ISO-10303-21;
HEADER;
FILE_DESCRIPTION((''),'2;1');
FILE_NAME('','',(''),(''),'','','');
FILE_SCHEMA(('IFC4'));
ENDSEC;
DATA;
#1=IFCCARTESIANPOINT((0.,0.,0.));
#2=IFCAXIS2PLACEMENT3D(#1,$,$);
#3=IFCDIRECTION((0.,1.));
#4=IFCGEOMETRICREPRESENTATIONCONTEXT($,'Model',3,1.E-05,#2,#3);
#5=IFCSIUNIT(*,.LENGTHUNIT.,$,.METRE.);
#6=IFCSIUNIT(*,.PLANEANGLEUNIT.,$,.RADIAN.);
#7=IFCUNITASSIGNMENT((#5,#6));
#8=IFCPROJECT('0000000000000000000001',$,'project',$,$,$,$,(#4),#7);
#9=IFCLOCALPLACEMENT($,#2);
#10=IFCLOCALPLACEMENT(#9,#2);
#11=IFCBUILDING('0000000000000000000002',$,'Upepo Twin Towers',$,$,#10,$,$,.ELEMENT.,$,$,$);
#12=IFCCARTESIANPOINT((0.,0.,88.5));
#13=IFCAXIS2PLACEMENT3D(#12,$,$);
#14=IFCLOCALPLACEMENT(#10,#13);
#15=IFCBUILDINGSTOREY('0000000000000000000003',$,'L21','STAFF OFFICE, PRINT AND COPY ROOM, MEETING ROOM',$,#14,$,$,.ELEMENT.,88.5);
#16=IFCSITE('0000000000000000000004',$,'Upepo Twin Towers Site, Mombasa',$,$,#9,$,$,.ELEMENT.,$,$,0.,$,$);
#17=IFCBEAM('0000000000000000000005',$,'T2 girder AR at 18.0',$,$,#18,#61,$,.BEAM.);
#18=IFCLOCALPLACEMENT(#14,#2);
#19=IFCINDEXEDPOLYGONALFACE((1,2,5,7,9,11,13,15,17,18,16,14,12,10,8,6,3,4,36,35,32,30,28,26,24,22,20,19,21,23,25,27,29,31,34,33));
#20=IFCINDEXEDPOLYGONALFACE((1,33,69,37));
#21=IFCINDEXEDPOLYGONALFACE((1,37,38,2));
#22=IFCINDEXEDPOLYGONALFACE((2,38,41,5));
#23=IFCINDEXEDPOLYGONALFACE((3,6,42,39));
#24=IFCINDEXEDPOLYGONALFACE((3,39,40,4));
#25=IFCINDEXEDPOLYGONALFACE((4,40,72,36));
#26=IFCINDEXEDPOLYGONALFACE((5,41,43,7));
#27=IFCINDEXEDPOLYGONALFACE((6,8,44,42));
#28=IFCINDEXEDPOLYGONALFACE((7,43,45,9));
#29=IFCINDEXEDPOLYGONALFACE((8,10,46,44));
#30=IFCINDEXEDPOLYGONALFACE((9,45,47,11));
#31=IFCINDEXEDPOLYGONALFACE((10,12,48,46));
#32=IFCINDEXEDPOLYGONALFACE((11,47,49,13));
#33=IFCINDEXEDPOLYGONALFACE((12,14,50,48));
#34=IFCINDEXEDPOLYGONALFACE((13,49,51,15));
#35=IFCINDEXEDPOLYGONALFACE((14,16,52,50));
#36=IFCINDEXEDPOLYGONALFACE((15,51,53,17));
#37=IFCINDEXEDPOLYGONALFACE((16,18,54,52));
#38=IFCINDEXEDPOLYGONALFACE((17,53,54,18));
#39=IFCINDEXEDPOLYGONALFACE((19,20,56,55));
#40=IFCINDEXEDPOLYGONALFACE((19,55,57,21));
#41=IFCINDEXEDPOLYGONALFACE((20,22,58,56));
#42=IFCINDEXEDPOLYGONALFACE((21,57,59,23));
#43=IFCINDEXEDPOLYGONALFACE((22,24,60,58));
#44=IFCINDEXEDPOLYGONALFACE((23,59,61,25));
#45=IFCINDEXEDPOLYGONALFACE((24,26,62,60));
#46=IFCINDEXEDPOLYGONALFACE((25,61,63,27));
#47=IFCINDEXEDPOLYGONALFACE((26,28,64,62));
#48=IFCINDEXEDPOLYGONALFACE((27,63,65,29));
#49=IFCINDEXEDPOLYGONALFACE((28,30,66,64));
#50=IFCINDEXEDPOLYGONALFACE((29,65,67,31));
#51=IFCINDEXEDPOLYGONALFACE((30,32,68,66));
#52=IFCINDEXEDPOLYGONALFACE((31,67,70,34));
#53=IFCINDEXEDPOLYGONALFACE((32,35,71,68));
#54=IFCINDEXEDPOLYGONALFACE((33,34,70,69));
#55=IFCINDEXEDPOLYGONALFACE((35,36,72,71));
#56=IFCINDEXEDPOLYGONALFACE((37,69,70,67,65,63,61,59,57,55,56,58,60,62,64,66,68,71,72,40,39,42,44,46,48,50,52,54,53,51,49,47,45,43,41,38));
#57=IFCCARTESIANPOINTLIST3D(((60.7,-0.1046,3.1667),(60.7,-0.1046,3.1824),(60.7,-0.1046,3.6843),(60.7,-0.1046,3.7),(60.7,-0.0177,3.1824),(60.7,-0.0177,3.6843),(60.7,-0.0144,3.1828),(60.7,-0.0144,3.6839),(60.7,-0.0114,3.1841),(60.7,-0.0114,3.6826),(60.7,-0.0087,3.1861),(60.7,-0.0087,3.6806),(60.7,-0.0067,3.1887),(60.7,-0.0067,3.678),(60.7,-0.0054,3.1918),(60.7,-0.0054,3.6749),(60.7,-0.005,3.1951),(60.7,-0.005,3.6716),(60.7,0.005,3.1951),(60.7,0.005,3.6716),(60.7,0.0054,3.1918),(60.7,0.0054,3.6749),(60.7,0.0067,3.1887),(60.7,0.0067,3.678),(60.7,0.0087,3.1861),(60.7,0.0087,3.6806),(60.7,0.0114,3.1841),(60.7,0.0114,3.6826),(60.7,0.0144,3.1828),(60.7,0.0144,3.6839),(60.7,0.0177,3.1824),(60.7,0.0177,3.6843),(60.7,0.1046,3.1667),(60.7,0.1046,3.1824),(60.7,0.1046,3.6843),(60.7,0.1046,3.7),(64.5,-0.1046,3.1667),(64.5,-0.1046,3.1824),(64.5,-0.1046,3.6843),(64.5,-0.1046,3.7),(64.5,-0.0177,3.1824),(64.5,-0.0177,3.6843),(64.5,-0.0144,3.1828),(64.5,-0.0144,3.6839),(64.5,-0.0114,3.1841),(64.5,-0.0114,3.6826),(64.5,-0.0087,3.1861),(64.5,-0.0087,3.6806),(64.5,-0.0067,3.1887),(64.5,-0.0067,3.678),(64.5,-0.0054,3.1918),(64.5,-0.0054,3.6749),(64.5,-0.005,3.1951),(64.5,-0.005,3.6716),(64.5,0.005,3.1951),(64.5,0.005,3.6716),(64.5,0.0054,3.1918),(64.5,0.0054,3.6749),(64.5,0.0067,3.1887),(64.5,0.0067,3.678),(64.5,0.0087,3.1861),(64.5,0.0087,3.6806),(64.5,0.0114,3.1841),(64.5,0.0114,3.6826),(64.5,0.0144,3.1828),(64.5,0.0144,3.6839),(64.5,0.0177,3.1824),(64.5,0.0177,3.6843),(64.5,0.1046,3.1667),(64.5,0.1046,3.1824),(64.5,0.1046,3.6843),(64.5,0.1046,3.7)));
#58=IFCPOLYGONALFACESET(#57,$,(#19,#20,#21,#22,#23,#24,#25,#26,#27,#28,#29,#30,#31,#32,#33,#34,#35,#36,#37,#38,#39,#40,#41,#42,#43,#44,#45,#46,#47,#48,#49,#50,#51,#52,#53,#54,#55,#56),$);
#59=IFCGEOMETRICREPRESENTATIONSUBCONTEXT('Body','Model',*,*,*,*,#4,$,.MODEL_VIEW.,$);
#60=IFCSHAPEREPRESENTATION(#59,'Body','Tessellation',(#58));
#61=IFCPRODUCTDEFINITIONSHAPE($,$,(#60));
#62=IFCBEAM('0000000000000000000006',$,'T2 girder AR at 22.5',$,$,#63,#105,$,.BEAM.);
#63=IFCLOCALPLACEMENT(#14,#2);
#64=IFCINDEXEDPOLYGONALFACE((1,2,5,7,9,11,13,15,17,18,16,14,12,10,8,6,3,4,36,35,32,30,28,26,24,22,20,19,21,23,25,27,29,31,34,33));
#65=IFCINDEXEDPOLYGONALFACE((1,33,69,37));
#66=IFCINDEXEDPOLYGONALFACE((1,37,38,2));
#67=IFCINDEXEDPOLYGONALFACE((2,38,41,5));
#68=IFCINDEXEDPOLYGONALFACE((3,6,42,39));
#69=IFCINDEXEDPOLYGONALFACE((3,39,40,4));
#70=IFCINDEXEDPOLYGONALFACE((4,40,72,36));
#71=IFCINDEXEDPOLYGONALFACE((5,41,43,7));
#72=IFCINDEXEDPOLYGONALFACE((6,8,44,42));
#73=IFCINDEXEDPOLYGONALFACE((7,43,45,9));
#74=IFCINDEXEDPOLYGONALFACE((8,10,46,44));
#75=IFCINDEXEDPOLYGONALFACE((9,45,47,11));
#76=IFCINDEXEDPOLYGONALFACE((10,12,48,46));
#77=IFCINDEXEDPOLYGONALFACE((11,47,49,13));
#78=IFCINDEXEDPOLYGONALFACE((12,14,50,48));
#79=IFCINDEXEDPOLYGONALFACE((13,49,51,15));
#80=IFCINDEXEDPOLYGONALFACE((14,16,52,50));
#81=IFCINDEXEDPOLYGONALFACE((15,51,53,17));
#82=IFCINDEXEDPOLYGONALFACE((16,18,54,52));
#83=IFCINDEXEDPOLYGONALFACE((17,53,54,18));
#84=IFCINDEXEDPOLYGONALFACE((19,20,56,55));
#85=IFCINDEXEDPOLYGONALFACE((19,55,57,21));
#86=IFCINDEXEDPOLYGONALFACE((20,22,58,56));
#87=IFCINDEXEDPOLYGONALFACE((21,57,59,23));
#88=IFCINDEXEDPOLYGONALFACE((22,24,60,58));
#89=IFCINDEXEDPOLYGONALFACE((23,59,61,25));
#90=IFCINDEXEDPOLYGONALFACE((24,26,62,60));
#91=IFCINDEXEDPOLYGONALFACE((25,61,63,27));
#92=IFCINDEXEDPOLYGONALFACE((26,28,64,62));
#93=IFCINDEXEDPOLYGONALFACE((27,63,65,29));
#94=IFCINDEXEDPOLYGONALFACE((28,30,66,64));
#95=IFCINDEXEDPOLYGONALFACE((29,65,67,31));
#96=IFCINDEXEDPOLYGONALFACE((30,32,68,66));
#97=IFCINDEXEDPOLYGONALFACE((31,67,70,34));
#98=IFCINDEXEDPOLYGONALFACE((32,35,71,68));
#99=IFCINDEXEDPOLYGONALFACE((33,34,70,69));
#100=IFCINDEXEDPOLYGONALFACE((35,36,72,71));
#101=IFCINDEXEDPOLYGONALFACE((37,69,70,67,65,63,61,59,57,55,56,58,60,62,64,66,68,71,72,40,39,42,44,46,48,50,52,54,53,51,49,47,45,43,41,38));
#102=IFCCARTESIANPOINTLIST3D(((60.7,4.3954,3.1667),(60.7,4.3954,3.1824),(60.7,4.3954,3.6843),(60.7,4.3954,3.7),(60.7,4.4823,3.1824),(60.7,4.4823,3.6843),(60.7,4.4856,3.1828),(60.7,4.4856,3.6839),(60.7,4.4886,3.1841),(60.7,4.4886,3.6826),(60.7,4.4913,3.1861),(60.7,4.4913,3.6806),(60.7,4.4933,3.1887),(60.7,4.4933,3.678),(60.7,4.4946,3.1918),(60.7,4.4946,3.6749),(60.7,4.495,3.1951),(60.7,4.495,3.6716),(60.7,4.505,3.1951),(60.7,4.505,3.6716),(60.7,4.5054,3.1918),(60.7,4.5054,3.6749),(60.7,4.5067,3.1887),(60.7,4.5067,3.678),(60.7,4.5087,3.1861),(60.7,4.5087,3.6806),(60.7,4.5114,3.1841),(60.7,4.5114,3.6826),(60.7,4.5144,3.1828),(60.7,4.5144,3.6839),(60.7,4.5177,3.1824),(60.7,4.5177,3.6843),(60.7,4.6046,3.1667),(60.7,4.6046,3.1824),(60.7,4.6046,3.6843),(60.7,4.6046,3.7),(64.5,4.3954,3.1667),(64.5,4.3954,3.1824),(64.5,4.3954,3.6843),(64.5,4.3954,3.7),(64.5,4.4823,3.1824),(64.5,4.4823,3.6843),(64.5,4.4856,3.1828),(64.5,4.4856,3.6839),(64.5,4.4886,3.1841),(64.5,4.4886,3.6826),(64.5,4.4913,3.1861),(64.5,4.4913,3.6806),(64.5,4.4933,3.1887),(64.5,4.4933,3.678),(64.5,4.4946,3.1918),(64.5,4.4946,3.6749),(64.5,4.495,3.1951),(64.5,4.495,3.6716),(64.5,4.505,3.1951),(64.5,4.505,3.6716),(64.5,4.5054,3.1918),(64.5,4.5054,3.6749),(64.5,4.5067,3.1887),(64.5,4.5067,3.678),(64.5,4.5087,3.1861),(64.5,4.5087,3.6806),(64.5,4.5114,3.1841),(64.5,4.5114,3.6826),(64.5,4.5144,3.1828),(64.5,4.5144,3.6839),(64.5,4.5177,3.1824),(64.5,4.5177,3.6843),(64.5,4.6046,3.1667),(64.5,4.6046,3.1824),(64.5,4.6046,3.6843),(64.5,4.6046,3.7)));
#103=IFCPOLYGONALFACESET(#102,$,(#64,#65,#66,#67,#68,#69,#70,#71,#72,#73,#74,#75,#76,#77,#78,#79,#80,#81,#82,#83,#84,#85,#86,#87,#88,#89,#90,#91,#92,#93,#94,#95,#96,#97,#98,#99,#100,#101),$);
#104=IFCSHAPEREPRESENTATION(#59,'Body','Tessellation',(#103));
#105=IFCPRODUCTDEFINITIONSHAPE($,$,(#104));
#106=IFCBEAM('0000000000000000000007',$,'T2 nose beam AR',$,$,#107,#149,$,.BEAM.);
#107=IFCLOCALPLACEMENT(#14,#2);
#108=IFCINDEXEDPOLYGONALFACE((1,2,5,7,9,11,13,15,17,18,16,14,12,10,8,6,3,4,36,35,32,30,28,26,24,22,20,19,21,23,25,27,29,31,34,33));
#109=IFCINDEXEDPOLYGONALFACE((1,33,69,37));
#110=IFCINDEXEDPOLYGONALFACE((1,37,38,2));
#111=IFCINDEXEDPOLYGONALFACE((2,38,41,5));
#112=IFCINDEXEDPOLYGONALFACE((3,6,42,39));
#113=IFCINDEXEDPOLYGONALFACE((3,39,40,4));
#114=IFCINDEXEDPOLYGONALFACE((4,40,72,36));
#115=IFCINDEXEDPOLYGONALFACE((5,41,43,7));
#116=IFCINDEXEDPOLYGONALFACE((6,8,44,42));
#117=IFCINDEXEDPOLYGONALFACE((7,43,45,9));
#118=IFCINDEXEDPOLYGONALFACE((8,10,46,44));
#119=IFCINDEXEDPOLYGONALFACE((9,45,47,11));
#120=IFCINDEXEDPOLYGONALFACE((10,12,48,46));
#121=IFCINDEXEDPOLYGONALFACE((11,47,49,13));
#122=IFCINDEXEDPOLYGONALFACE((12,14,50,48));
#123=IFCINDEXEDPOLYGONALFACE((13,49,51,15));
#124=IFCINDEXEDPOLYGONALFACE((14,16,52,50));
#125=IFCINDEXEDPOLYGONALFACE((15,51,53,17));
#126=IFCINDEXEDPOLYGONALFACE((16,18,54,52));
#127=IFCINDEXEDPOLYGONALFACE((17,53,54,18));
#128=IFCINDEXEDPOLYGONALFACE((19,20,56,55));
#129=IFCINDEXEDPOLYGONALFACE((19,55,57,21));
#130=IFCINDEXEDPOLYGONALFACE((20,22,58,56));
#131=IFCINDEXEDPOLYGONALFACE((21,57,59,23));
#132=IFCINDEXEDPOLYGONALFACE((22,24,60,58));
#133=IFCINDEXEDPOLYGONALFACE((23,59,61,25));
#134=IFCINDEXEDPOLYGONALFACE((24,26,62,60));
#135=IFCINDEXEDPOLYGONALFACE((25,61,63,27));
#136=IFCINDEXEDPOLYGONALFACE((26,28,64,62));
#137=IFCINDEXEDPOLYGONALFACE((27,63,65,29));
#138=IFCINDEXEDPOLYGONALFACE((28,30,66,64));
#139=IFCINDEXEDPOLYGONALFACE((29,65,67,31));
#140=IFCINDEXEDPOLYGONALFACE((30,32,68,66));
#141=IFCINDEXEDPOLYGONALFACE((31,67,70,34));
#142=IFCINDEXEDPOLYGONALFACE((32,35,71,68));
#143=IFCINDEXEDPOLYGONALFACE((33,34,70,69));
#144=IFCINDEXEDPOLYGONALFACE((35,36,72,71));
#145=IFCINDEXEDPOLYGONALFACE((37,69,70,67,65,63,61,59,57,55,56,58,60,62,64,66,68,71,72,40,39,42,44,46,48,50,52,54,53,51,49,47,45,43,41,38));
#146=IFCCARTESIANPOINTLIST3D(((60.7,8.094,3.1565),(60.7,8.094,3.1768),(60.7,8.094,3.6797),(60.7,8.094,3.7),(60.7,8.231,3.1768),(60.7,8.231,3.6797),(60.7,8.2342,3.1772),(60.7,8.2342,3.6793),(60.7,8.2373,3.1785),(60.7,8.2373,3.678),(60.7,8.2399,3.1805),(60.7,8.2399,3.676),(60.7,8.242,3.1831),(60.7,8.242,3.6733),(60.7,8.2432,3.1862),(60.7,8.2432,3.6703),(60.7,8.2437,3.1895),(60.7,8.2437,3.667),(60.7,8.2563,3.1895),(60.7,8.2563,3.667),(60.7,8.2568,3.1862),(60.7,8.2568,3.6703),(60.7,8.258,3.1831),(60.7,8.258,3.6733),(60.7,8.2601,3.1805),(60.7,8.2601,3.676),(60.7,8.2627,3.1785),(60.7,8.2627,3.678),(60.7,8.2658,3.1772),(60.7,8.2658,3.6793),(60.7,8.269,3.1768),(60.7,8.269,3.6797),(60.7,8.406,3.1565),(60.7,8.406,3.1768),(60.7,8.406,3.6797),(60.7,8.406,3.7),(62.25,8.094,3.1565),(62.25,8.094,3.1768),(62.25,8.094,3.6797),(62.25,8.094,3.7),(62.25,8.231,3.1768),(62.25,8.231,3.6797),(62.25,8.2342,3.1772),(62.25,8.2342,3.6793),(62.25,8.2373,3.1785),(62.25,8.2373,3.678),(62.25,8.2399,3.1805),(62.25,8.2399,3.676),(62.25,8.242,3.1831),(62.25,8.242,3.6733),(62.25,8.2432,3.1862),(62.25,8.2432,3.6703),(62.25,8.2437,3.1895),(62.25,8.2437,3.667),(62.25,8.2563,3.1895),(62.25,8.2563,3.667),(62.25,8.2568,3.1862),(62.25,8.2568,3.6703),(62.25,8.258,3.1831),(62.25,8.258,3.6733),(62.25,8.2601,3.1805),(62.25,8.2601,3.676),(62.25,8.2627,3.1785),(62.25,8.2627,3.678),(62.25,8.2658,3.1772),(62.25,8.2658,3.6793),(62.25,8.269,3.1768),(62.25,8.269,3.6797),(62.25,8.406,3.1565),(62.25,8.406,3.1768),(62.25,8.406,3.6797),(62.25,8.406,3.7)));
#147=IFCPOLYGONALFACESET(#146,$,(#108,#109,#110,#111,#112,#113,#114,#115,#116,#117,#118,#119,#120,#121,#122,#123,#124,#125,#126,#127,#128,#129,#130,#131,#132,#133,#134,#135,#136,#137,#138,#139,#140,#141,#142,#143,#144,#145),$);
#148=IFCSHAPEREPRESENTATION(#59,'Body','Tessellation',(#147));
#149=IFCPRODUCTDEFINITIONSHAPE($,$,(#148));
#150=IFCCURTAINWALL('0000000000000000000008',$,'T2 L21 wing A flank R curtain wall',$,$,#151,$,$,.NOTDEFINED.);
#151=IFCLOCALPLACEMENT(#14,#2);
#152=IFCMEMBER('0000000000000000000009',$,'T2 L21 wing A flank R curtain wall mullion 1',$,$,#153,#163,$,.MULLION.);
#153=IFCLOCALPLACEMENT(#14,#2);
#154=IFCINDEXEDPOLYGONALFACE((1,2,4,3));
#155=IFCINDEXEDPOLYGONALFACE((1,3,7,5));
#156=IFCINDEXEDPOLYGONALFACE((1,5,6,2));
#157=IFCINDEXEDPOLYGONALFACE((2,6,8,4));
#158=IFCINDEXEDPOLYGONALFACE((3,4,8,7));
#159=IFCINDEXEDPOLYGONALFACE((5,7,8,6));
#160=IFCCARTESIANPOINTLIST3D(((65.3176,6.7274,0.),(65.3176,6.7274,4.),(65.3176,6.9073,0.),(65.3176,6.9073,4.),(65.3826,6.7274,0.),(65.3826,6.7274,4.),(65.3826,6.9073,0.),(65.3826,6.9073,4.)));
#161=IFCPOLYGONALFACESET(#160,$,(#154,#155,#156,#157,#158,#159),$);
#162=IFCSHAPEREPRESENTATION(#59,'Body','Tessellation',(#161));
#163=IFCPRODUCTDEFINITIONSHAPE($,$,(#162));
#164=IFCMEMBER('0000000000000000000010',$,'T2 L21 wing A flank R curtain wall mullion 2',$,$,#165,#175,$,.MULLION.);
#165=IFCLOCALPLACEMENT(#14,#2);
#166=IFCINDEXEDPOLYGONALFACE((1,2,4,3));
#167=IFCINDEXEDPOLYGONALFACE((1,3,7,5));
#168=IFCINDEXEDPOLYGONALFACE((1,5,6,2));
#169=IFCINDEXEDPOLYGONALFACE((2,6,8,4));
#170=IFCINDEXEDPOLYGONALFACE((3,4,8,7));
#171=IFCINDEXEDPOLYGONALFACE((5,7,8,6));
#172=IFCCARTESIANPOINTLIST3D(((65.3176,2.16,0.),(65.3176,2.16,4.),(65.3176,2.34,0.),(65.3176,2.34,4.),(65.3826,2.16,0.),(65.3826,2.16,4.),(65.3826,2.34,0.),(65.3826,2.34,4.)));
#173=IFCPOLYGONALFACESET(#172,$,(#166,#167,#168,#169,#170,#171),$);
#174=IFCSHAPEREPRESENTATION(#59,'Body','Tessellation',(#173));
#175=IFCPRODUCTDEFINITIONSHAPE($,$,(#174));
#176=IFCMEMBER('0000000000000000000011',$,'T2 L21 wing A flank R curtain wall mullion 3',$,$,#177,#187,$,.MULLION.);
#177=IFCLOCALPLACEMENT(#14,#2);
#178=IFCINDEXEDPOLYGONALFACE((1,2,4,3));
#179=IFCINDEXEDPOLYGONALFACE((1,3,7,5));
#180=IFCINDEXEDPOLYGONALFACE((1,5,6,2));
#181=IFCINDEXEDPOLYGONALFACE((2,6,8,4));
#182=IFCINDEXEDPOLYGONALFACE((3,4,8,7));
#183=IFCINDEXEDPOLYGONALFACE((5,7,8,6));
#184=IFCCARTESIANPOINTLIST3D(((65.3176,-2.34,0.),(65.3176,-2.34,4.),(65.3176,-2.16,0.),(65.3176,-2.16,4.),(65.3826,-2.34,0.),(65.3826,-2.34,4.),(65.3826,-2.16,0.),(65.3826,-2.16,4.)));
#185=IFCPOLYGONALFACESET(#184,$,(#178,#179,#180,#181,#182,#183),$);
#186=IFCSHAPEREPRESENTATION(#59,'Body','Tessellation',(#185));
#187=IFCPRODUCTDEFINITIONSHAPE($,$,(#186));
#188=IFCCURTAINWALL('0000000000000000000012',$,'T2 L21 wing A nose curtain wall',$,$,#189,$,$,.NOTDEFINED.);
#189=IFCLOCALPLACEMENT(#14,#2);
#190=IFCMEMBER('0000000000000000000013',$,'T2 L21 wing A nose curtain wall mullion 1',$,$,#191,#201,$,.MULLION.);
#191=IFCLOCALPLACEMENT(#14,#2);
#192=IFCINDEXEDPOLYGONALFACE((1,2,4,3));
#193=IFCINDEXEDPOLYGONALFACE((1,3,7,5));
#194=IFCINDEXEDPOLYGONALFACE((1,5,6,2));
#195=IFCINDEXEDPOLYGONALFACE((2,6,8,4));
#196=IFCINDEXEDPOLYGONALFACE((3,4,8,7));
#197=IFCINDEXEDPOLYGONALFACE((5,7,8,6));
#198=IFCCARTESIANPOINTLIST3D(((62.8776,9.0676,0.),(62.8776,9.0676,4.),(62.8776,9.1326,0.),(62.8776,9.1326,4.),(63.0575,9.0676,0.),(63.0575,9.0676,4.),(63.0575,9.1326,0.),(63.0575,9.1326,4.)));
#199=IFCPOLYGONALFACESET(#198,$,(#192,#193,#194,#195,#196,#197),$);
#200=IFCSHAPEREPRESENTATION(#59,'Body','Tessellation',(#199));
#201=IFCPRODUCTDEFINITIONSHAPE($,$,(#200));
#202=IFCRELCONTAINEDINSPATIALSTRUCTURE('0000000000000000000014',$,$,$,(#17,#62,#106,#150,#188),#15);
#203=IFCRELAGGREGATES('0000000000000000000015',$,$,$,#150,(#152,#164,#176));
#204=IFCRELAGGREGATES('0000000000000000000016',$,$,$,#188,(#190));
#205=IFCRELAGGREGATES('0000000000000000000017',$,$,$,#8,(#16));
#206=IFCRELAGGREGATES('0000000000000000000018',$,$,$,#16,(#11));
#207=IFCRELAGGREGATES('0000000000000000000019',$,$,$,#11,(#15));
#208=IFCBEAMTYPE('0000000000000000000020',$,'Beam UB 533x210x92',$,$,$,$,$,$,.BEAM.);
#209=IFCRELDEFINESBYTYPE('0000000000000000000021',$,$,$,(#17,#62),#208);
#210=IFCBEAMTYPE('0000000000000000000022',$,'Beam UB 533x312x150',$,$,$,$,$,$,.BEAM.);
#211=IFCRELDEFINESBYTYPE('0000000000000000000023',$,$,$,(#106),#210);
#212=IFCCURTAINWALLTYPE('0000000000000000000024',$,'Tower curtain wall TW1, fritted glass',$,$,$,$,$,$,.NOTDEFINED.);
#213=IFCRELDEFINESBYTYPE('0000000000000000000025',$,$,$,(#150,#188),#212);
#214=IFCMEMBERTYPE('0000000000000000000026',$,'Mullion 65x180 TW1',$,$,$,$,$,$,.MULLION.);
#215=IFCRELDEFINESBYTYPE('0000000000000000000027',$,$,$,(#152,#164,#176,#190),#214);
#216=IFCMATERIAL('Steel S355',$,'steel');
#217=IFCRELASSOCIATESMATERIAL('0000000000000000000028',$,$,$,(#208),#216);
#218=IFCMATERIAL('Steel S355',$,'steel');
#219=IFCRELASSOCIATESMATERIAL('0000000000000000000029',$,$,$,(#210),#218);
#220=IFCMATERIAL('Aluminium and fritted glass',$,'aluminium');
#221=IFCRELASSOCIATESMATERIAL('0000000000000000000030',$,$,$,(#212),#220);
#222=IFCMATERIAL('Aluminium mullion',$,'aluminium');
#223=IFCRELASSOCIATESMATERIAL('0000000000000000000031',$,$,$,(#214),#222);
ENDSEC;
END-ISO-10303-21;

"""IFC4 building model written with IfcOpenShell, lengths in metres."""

from ifc_helpers import new_model, si_unit, direction, frame, origin, origin_2d, place, context, subcontext, project, spatial, rectangle, i_section, extrude, material, material_profile, profile_set, type_object, element, aggregate, save


model = new_model("IFC4")

# Units and contexts
model_context = context("Model", 3, precision=1e-05, world=origin(), true_north=direction((0.0, 1.0)))
body_context = subcontext(model_context, "Body", "Model", "MODEL_VIEW")
ifc_project = project(units=[si_unit("LENGTHUNIT", "METRE"), si_unit("PLANEANGLEUNIT", "RADIAN")], contexts=[model_context])

# Site, building, storey
site_placement = place(None, origin())
site = spatial("IfcSite", under=ifc_project, at=site_placement, Name="Upepo Twin Towers Site, Mombasa", CompositionType="ELEMENT", RefElevation=0.0)
building_placement = place(site_placement, origin())
building = spatial("IfcBuilding", under=site, at=building_placement, Name="Upepo Twin Towers", CompositionType="ELEMENT")
storey_placement = place(building_placement, frame((0.0, 0.0, 88.5)))
storey = spatial("IfcBuildingStorey", under=building, at=storey_placement, Name="L21", Description="STAFF OFFICE, PRINT AND COPY ROOM, MEETING ROOM", CompositionType="ELEMENT", Elevation=88.5)

# Beams
ifc_material_1 = material(Name="Steel S355", Category="steel")
ifc_material_profile_1 = material_profile(ifc_material_1, i_section(OverallWidth=0.2092, OverallDepth=0.5332, WebThickness=0.01, FlangeThickness=0.0156, FilletRadius=0.0127, at=origin_2d()), Name="UB 533x210x92")
ifc_profile_set_1 = profile_set([ifc_material_profile_1], Name="Steel S355")
beam_type_1 = type_object("IfcBeamType", Name="Beam UB 533x210x92", PredefinedType="BEAM", material=ifc_profile_set_1)
for number, where, z_axis, x_axis, name in (
    (1, (64.5, 0.0, 3.4333), (-1.0, 0.0, 0.0), (0.0, -1.0, 0.0), "T2 girder AR at 18.0"),
    (2, (64.5, 4.5, 3.4333), (-1.0, 0.0, 0.0), (0.0, -1.0, 0.0), "T2 girder AR at 22.5"),
):
    element("IfcBeam", number, at=place(storey_placement, frame(where, z_axis=z_axis, x_axis=x_axis)), inside=storey, type_object=beam_type_1, Name=name, PredefinedType="BEAM", context=body_context, shape_type="SweptSolid", body=[
        extrude(i_section(OverallWidth=0.2092, OverallDepth=0.5332, WebThickness=0.01, FlangeThickness=0.0156, FilletRadius=0.0127, at=origin_2d()), origin(), (0.0, 0.0, 1.0), 3.8),
    ])
ifc_material_2 = material(Name="Steel S355", Category="steel")
ifc_material_profile_2 = material_profile(ifc_material_2, i_section(OverallWidth=0.312, OverallDepth=0.5435, WebThickness=0.0127, FlangeThickness=0.0203, FilletRadius=0.0127, at=origin_2d()), Name="UB 533x312x150")
ifc_profile_set_2 = profile_set([ifc_material_profile_2], Name="Steel S355")
beam_type_2 = type_object("IfcBeamType", Name="Beam UB 533x312x150", PredefinedType="BEAM", material=ifc_profile_set_2)
beam_1_placement = place(storey_placement, frame((62.25, 8.25, 3.4282), z_axis=(-1.0, 0.0, 0.0), x_axis=(0.0, -1.0, 0.0)))
element("IfcBeam", 3, at=beam_1_placement, inside=storey, type_object=beam_type_2, Name="T2 nose beam AR", PredefinedType="BEAM", context=body_context, shape_type="SweptSolid", body=[
    extrude(i_section(OverallWidth=0.312, OverallDepth=0.5435, WebThickness=0.0127, FlangeThickness=0.0203, FilletRadius=0.0127, at=origin_2d()), origin(), (0.0, 0.0, 1.0), 1.55),
])

# Curtain walls, members
ifc_material_3 = material(Name="Aluminium and fritted glass", Category="aluminium")
curtain_wall_type = type_object("IfcCurtainWallType", Name="Tower curtain wall TW1, fritted glass", PredefinedType="NOTDEFINED", material=ifc_material_3)
curtain_wall_1_placement = place(storey_placement, origin())
curtain_wall_1 = element("IfcCurtainWall", 4, at=curtain_wall_1_placement, inside=storey, type_object=curtain_wall_type, Name="T2 L21 wing A flank R curtain wall", PredefinedType="NOTDEFINED")
ifc_material_4 = material(Name="Aluminium mullion", Category="aluminium")
ifc_material_profile_3 = material_profile(ifc_material_4, rectangle(XDim=0.0649, YDim=0.1799, at=origin_2d()), Name="MULLION 65x180")
ifc_profile_set_3 = profile_set([ifc_material_profile_3], Name="Aluminium mullion")
member_type_1 = type_object("IfcMemberType", Name="Mullion 65x180 TW1", PredefinedType="MULLION", material=ifc_profile_set_3)
member_1_placement = place(storey_placement, frame((65.3501, 6.8174, 0.0), z_axis=(0.0, 0.0, 1.0), x_axis=(1.0, 0.0, 0.0)))
member_1 = element("IfcMember", 5, at=member_1_placement, type_object=member_type_1, Name="T2 L21 wing A flank R curtain wall mullion 1", PredefinedType="MULLION", context=body_context, shape_type="SweptSolid", body=[
    extrude(rectangle(XDim=0.0649, YDim=0.1799, at=origin_2d()), origin(), (0.0, 0.0, 1.0), 4.0),
])
member_2_placement = place(storey_placement, frame((65.3501, 2.25, 0.0), z_axis=(0.0, 0.0, 1.0), x_axis=(1.0, 0.0, 0.0)))
member_2 = element("IfcMember", 6, at=member_2_placement, type_object=member_type_1, Name="T2 L21 wing A flank R curtain wall mullion 2", PredefinedType="MULLION", context=body_context, shape_type="SweptSolid", body=[
    extrude(rectangle(XDim=0.0649, YDim=0.1799, at=origin_2d()), origin(), (0.0, 0.0, 1.0), 4.0),
])
member_3_placement = place(storey_placement, frame((65.3501, -2.25, 0.0), z_axis=(0.0, 0.0, 1.0), x_axis=(1.0, 0.0, 0.0)))
member_3 = element("IfcMember", 7, at=member_3_placement, type_object=member_type_1, Name="T2 L21 wing A flank R curtain wall mullion 3", PredefinedType="MULLION", context=body_context, shape_type="SweptSolid", body=[
    extrude(rectangle(XDim=0.0649, YDim=0.1799, at=origin_2d()), origin(), (0.0, 0.0, 1.0), 4.0),
])
curtain_wall_2_placement = place(storey_placement, origin())
curtain_wall_2 = element("IfcCurtainWall", 8, at=curtain_wall_2_placement, inside=storey, type_object=curtain_wall_type, Name="T2 L21 wing A nose curtain wall", PredefinedType="NOTDEFINED")
member_4_placement = place(storey_placement, frame((62.9675, 9.1001, 0.0), z_axis=(0.0, 0.0, 1.0), x_axis=(0.0, -1.0, 0.0)))
member_4 = element("IfcMember", 9, at=member_4_placement, type_object=member_type_1, Name="T2 L21 wing A nose curtain wall mullion 1", PredefinedType="MULLION", context=body_context, shape_type="SweptSolid", body=[
    extrude(rectangle(XDim=0.0649, YDim=0.1799, at=origin_2d()), origin(), (0.0, 0.0, 1.0), 4.0),
])

aggregate(curtain_wall_1, [member_1, member_2, member_3])
aggregate(curtain_wall_2, [member_4])

save(model, "model.ifc")
